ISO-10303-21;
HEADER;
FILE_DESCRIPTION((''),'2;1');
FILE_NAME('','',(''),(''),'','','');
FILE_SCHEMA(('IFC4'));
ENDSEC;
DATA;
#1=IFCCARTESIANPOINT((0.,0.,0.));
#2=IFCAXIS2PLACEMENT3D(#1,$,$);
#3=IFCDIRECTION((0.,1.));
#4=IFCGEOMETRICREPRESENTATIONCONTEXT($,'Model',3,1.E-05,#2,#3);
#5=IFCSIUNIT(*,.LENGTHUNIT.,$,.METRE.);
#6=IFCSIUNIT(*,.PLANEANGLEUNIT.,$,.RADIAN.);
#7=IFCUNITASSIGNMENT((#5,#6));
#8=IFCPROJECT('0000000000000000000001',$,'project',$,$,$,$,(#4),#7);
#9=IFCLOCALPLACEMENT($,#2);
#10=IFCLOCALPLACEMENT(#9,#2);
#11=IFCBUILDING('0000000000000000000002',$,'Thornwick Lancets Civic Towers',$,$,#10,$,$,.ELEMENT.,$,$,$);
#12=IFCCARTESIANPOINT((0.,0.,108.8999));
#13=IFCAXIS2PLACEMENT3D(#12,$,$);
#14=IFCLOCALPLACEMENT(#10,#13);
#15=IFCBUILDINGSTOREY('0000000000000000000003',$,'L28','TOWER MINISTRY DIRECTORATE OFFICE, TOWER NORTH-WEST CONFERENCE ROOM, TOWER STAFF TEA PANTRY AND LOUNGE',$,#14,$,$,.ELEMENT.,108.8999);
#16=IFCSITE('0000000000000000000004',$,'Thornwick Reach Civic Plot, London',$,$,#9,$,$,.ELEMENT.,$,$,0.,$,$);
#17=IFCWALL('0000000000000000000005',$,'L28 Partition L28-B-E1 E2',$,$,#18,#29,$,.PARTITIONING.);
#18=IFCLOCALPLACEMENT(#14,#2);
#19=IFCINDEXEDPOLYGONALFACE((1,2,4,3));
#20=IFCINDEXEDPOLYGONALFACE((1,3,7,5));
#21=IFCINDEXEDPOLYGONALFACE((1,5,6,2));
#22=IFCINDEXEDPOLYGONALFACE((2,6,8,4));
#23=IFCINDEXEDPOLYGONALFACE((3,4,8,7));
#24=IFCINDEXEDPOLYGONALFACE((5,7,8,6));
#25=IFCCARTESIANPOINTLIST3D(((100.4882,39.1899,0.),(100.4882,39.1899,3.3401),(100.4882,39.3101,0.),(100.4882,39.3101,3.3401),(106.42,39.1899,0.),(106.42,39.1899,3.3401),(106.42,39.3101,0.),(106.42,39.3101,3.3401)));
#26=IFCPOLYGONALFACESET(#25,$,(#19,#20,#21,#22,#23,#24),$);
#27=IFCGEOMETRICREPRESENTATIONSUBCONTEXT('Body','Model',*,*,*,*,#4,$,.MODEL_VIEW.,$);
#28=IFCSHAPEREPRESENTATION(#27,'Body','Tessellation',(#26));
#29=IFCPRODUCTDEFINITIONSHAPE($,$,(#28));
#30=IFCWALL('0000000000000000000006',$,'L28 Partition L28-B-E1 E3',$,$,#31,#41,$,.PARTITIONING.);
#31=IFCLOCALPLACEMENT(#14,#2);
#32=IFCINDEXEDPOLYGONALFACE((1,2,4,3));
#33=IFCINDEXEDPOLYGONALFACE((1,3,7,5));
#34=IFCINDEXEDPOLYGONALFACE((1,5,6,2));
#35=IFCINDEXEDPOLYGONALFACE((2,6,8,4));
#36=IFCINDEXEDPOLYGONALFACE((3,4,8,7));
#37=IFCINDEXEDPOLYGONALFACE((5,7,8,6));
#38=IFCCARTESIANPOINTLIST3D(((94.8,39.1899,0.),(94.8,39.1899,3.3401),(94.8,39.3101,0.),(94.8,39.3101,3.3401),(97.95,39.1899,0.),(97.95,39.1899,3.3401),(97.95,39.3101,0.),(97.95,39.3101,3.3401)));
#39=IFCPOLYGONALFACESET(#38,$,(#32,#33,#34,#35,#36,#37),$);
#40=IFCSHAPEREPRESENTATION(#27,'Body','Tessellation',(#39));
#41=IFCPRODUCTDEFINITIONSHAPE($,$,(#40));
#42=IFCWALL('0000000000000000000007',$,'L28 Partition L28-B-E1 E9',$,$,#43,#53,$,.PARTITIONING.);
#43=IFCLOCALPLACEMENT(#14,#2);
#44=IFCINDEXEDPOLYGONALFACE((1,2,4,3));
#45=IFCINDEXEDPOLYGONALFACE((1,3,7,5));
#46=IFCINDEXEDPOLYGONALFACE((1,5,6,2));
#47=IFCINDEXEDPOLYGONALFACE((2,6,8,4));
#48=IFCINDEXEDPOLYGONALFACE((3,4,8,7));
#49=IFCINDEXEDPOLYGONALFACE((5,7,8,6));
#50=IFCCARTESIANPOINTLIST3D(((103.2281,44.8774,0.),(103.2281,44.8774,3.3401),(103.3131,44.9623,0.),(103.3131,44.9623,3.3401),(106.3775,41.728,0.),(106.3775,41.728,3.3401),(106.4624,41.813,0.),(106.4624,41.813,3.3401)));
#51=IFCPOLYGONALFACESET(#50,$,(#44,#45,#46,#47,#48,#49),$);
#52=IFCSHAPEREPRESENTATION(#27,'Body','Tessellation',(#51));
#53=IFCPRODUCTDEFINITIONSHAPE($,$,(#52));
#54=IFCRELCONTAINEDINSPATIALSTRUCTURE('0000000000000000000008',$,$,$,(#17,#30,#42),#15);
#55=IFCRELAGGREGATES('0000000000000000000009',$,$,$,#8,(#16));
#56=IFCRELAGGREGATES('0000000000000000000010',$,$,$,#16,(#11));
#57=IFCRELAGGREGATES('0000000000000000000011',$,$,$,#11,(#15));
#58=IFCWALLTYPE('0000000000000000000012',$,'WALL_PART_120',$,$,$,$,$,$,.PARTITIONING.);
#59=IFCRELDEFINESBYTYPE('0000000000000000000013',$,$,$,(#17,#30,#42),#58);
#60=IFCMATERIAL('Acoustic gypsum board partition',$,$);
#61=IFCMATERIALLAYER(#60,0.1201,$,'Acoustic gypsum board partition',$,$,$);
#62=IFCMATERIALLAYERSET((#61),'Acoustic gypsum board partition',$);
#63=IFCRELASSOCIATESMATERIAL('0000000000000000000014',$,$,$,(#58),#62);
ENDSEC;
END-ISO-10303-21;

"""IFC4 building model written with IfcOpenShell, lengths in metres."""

from ifc_helpers import new_model, si_unit, direction, frame, frame_2d, origin, place, context, subcontext, project, spatial, rectangle, extrude, material, layer, layer_set, type_object, element, save


model = new_model("IFC4")

# Units and contexts
model_context = context("Model", 3, precision=1e-05, world=origin(), true_north=direction((0.0, 1.0)))
body_context = subcontext(model_context, "Body", "Model", "MODEL_VIEW")
ifc_project = project(units=[si_unit("LENGTHUNIT", "METRE"), si_unit("PLANEANGLEUNIT", "RADIAN")], contexts=[model_context])

# Site, building, storey
site_placement = place(None, origin())
site = spatial("IfcSite", under=ifc_project, at=site_placement, Name="Thornwick Reach Civic Plot, London", CompositionType="ELEMENT", RefElevation=0.0)
building_placement = place(site_placement, origin())
building = spatial("IfcBuilding", under=site, at=building_placement, Name="Thornwick Lancets Civic Towers", CompositionType="ELEMENT")
storey_placement = place(building_placement, frame((0.0, 0.0, 108.8999)))
storey = spatial("IfcBuildingStorey", under=building, at=storey_placement, Name="L28", Description="TOWER MINISTRY DIRECTORATE OFFICE, TOWER NORTH-WEST CONFERENCE ROOM, TOWER STAFF TEA PANTRY AND LOUNGE", CompositionType="ELEMENT", Elevation=108.8999)

# Walls
ifc_material_1 = material(Name="Acoustic gypsum board partition")
ifc_layer_1 = layer(ifc_material_1, 0.1201, Name="Acoustic gypsum board partition")
ifc_layer_set_1 = layer_set([ifc_layer_1], Name="Acoustic gypsum board partition")
wall_type_1 = type_object("IfcWallType", Name="WALL_PART_120", PredefinedType="PARTITIONING", material=ifc_layer_set_1)
wall_1_placement = place(storey_placement, frame((106.4199, 39.25, 0.0), z_axis=(0.0, 0.0, 1.0), x_axis=(-1.0, 0.0, 0.0)))
element("IfcWall", 1, at=wall_1_placement, inside=storey, type_object=wall_type_1, Name="L28 Partition L28-B-E1 E2", PredefinedType="PARTITIONING", context=body_context, shape_type="SweptSolid", body=[
    extrude(rectangle(XDim=5.9319, YDim=0.1201, at=frame_2d((2.9658, 0.0))), origin(), (0.0, 0.0, 1.0), 3.3401),
])
wall_2_placement = place(storey_placement, frame((97.95, 39.25, 0.0), z_axis=(0.0, 0.0, 1.0), x_axis=(-1.0, 0.0, 0.0)))
element("IfcWall", 2, at=wall_2_placement, inside=storey, type_object=wall_type_1, Name="L28 Partition L28-B-E1 E3", PredefinedType="PARTITIONING", context=body_context, shape_type="SweptSolid", body=[
    extrude(rectangle(XDim=3.1499, YDim=0.1201, at=frame_2d((1.575, 0.0))), origin(), (0.0, 0.0, 1.0), 3.3401),
])
wall_3_placement = place(storey_placement, frame((103.2705, 44.9199, 0.0), z_axis=(0.0, 0.0, 1.0), x_axis=(0.707107, -0.707107, 0.0)))
element("IfcWall", 3, at=wall_3_placement, inside=storey, type_object=wall_type_1, Name="L28 Partition L28-B-E1 E9", PredefinedType="PARTITIONING", context=body_context, shape_type="SweptSolid", body=[
    extrude(rectangle(XDim=4.4539, YDim=0.1201, at=frame_2d((2.2271, 0.0))), origin(), (0.0, 0.0, 1.0), 3.3401),
])

save(model, "model.ifc")
